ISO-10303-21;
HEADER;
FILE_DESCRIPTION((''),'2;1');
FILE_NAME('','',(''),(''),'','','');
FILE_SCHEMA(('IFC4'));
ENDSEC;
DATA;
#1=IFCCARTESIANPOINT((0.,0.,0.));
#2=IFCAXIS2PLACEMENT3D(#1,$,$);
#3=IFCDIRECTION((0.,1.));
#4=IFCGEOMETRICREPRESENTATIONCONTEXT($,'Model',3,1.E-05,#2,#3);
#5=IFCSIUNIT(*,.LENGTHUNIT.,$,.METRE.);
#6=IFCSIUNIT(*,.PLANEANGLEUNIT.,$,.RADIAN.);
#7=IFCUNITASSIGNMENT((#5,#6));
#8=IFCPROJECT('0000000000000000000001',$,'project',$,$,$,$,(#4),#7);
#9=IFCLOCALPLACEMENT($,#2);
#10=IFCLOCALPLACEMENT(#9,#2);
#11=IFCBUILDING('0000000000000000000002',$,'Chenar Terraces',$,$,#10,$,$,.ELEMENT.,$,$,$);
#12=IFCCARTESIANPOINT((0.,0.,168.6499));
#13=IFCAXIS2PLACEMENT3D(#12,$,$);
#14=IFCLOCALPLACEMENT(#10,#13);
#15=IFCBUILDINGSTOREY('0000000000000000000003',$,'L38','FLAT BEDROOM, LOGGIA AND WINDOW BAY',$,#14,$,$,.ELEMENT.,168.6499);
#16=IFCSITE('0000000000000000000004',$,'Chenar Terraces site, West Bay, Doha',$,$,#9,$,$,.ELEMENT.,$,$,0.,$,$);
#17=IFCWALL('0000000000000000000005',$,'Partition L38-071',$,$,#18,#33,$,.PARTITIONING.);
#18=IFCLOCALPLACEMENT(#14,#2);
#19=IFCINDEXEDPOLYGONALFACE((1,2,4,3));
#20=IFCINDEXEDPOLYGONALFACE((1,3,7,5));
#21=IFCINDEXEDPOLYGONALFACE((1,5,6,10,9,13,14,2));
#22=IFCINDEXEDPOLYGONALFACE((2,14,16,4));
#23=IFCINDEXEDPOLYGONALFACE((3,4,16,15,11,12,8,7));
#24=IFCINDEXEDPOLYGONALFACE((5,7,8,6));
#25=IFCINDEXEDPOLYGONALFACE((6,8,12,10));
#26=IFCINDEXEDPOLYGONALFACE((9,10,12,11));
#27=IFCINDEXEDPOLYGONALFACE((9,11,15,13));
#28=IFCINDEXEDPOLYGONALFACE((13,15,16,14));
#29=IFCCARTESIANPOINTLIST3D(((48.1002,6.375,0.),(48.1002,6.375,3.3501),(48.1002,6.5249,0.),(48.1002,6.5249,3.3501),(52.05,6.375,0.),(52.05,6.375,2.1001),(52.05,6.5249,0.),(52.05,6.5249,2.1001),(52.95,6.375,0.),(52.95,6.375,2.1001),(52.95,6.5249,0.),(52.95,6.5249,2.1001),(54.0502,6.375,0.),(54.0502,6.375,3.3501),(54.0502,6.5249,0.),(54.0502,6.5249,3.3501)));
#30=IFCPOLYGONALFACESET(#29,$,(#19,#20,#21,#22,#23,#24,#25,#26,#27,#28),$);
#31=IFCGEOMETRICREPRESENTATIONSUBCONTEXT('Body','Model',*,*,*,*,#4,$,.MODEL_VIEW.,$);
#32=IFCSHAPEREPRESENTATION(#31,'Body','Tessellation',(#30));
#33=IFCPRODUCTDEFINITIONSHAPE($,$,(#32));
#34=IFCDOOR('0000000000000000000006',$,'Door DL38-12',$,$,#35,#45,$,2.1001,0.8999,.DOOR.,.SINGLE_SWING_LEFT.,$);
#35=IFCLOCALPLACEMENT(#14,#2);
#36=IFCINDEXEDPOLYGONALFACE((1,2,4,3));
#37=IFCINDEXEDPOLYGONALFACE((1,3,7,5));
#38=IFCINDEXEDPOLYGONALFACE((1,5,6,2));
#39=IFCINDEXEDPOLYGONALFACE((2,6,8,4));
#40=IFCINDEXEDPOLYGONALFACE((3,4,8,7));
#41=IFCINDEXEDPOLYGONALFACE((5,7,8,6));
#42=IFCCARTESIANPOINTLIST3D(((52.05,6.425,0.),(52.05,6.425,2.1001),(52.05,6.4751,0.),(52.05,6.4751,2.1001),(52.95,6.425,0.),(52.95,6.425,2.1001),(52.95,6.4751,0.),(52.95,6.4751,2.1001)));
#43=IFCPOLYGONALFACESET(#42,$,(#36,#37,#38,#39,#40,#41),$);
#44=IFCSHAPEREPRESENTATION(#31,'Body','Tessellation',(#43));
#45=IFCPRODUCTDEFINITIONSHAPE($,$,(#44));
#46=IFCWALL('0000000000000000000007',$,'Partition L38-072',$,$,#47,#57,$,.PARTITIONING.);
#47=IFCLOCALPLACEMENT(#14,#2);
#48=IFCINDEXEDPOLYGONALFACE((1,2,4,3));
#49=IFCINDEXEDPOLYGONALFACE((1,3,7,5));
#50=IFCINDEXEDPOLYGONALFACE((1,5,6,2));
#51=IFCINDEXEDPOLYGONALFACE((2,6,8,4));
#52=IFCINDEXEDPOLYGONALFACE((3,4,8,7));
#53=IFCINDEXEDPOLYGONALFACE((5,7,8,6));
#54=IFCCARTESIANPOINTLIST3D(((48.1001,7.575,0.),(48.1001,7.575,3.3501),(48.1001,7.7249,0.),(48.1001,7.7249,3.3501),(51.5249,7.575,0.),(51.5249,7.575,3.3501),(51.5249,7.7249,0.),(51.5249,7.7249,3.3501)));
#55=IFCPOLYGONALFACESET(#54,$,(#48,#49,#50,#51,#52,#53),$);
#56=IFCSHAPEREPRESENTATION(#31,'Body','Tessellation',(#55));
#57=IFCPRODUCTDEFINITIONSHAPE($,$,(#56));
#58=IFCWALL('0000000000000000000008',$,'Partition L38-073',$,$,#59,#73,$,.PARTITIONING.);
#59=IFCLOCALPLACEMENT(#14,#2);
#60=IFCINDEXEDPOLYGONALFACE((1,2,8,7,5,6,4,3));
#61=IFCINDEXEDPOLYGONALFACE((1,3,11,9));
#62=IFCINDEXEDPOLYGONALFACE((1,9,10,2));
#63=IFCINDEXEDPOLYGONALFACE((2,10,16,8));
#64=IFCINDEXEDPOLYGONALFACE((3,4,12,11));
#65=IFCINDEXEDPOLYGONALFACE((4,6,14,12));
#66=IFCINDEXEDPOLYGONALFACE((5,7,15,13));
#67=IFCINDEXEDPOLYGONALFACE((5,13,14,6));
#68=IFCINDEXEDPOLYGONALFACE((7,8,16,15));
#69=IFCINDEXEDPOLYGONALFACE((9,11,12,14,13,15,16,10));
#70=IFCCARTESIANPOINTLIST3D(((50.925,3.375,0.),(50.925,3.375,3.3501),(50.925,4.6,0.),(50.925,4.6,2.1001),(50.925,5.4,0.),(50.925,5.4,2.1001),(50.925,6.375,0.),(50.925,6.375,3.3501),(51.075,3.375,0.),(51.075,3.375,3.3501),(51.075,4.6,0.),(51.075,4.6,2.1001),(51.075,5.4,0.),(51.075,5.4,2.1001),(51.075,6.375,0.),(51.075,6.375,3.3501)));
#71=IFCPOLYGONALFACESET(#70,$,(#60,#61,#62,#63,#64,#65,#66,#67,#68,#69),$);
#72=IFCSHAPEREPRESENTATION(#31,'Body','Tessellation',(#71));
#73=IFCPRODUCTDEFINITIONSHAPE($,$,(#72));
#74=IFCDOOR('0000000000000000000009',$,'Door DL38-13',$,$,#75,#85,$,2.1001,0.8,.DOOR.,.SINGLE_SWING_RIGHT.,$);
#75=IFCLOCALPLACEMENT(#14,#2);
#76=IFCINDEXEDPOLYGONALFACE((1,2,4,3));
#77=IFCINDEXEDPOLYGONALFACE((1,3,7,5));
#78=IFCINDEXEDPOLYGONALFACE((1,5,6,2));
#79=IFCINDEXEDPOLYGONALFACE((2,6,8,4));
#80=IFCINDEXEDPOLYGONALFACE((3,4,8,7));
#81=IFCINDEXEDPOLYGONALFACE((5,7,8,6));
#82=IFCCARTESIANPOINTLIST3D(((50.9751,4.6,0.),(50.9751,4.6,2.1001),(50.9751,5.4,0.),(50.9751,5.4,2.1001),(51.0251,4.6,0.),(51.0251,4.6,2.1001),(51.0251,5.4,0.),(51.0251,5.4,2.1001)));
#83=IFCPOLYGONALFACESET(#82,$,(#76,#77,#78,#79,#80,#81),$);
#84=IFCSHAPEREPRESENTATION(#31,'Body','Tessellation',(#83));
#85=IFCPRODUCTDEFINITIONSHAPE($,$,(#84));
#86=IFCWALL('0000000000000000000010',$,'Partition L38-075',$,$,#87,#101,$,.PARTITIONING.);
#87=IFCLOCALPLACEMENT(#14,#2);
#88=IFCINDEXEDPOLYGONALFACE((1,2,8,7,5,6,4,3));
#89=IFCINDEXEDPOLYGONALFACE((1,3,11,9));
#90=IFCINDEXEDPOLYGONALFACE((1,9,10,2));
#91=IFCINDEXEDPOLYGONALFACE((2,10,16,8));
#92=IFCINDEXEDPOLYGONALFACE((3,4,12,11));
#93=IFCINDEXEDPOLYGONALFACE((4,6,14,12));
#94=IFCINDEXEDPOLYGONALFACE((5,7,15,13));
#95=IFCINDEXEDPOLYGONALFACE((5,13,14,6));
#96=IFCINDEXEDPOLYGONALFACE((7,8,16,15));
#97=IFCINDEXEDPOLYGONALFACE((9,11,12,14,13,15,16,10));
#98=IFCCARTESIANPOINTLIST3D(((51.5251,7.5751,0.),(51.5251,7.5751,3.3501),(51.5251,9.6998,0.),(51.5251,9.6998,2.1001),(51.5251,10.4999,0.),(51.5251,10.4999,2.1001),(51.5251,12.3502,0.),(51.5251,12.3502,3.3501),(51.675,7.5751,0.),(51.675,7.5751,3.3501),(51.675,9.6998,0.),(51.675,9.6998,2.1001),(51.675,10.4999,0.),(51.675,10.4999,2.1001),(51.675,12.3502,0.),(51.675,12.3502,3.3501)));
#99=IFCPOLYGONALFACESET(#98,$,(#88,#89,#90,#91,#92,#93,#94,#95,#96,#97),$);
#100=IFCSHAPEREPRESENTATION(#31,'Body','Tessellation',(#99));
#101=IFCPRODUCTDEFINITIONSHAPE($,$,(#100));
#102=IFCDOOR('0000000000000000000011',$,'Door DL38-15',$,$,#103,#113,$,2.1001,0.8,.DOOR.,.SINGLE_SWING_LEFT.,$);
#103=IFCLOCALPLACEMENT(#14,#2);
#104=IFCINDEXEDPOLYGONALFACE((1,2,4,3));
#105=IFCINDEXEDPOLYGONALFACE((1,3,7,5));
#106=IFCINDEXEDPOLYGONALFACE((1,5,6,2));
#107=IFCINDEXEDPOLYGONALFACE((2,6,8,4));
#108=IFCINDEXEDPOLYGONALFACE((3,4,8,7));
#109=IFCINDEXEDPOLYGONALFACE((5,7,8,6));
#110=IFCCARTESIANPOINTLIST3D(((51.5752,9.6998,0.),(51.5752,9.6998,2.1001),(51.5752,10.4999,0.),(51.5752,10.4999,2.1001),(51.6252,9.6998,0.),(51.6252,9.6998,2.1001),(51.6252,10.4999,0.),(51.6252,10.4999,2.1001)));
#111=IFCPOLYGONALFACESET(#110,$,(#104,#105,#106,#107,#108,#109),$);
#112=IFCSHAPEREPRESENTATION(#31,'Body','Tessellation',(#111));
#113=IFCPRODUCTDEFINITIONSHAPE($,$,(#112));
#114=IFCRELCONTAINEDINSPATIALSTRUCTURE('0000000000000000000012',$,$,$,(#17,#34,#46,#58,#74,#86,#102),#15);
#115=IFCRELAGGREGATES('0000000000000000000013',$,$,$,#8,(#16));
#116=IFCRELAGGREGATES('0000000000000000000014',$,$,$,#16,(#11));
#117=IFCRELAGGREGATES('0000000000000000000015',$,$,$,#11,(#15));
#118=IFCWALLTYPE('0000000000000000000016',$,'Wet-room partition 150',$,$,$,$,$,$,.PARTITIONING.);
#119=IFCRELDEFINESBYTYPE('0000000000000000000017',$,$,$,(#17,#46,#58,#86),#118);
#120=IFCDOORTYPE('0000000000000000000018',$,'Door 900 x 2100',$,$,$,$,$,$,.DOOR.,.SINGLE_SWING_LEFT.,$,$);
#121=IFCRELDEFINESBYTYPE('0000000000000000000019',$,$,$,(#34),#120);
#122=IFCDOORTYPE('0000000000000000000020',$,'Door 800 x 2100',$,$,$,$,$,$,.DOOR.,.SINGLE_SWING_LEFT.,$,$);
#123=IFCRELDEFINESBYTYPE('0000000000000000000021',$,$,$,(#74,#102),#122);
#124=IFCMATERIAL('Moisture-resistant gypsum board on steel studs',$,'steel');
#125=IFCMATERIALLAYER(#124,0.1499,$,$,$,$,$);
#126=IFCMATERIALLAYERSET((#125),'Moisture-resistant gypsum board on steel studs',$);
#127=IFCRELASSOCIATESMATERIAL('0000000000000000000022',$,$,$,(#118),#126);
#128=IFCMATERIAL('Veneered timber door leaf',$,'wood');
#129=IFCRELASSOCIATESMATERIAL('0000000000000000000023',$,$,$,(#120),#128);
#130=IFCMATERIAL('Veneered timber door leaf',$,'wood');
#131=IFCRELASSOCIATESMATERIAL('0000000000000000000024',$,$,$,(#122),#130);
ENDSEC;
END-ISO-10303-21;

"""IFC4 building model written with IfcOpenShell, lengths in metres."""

from ifc_helpers import new_model, si_unit, direction, frame, frame_2d, origin, place, context, subcontext, project, spatial, rectangle, extrude, material, layer, layer_set, type_object, element, fill, save


model = new_model("IFC4")

# Units and contexts
model_context = context("Model", 3, precision=1e-05, world=origin(), true_north=direction((0.0, 1.0)))
body_context = subcontext(model_context, "Body", "Model", "MODEL_VIEW")
ifc_project = project(units=[si_unit("LENGTHUNIT", "METRE"), si_unit("PLANEANGLEUNIT", "RADIAN")], contexts=[model_context])

# Site, building, storey
site_placement = place(None, origin())
site = spatial("IfcSite", under=ifc_project, at=site_placement, Name="Chenar Terraces site, West Bay, Doha", CompositionType="ELEMENT", RefElevation=0.0)
building_placement = place(site_placement, origin())
building = spatial("IfcBuilding", under=site, at=building_placement, Name="Chenar Terraces", CompositionType="ELEMENT")
storey_placement = place(building_placement, frame((0.0, 0.0, 168.6499)))
storey = spatial("IfcBuildingStorey", under=building, at=storey_placement, Name="L38", Description="FLAT BEDROOM, LOGGIA AND WINDOW BAY", CompositionType="ELEMENT", Elevation=168.6499)

# Shared definitions
ifc_material_1 = material(Name="Moisture-resistant gypsum board on steel studs", Category="steel")
ifc_layer_1 = layer(ifc_material_1, 0.1499)
ifc_layer_set_1 = layer_set([ifc_layer_1], Name="Moisture-resistant gypsum board on steel studs")
wall_type_1 = type_object("IfcWallType", Name="Wet-room partition 150", PredefinedType="PARTITIONING", material=ifc_layer_set_1)

# Wall, opening, door
wall_1_placement = place(storey_placement, frame((48.1001, 6.45, 0.0), z_axis=(0.0, 0.0, 1.0), x_axis=(1.0, 0.0, 0.0)))
wall_1 = element("IfcWall", 1, at=wall_1_placement, inside=storey, type_object=wall_type_1, Name="Partition L38-071", PredefinedType="PARTITIONING", context=body_context, shape_type="SweptSolid", body=[
    extrude(rectangle(XDim=5.95, YDim=0.1499, at=frame_2d((2.9751, 0.0))), origin(), (0.0, 0.0, 1.0), 3.3501),
])
opening_1_placement = place(wall_1_placement, frame((3.95, 0.0, 0.0)))
opening_1 = element("IfcOpeningElement", 2, at=opening_1_placement, cuts=wall_1, PredefinedType="OPENING", context=body_context, shape_type="SweptSolid", body=[
    extrude(rectangle(XDim=0.8999, YDim=2.1001, at=frame_2d((0.45, 1.05))), frame((0.0, 0.085, 0.0), z_axis=(0.0, -1.0, 0.0), x_axis=(1.0, 0.0, 0.0)), (0.0, 0.0, 1.0), 0.1699),
])
ifc_material_2 = material(Name="Veneered timber door leaf", Category="wood")
door_type_1 = type_object("IfcDoorType", Name="Door 900 x 2100", OperationType="SINGLE_SWING_LEFT", PredefinedType="DOOR", material=ifc_material_2)
door_1_placement = place(opening_1_placement, frame((0.8999, 0.0, 0.0), z_axis=(0.0, 0.0, 1.0), x_axis=(-1.0, 0.0, 0.0)))
door_1 = element("IfcDoor", 3, at=door_1_placement, inside=storey, type_object=door_type_1, Name="Door DL38-12", OperationType="SINGLE_SWING_LEFT", OverallHeight=2.1001, OverallWidth=0.8999, PredefinedType="DOOR", context=body_context, shape_type="SweptSolid", body=[
    extrude(rectangle(XDim=0.8999, YDim=2.1001, at=frame_2d((0.45, 1.05))), frame((0.0, 0.0249, 0.0), z_axis=(0.0, -1.0, 0.0), x_axis=(1.0, 0.0, 0.0)), (0.0, 0.0, 1.0), 0.05),
])
fill(opening_1, door_1)

# Wall
wall_2_placement = place(storey_placement, frame((48.1001, 7.6499, 0.0), z_axis=(0.0, 0.0, 1.0), x_axis=(1.0, 0.0, 0.0)))
element("IfcWall", 4, at=wall_2_placement, inside=storey, type_object=wall_type_1, Name="Partition L38-072", PredefinedType="PARTITIONING", context=body_context, shape_type="SweptSolid", body=[
    extrude(rectangle(XDim=3.4248, YDim=0.1499, at=frame_2d((1.7124, 0.0))), origin(), (0.0, 0.0, 1.0), 3.3501),
])

# Walls, openings, doors
wall_3_placement = place(storey_placement, frame((51.0, 3.375, 0.0), z_axis=(0.0, 0.0, 1.0), x_axis=(0.0, 1.0, 0.0)))
wall_3 = element("IfcWall", 5, at=wall_3_placement, inside=storey, type_object=wall_type_1, Name="Partition L38-073", PredefinedType="PARTITIONING", context=body_context, shape_type="SweptSolid", body=[
    extrude(rectangle(XDim=3.0, YDim=0.1499, at=frame_2d((1.5, 0.0))), origin(), (0.0, 0.0, 1.0), 3.3501),
])
opening_2_placement = place(wall_3_placement, frame((1.2251, 0.0, 0.0)))
opening_2 = element("IfcOpeningElement", 6, at=opening_2_placement, cuts=wall_3, PredefinedType="OPENING", context=body_context, shape_type="SweptSolid", body=[
    extrude(rectangle(XDim=0.8, YDim=2.1001, at=frame_2d((0.3999, 1.05))), frame((0.0, 0.085, 0.0), z_axis=(0.0, -1.0, 0.0), x_axis=(1.0, 0.0, 0.0)), (0.0, 0.0, 1.0), 0.1699),
])
ifc_material_3 = material(Name="Veneered timber door leaf", Category="wood")
door_type_2 = type_object("IfcDoorType", Name="Door 800 x 2100", OperationType="SINGLE_SWING_LEFT", PredefinedType="DOOR", material=ifc_material_3)
door_2_placement = place(opening_2_placement, origin())
door_2 = element("IfcDoor", 7, at=door_2_placement, inside=storey, type_object=door_type_2, Name="Door DL38-13", OperationType="SINGLE_SWING_RIGHT", OverallHeight=2.1001, OverallWidth=0.8, PredefinedType="DOOR", context=body_context, shape_type="SweptSolid", body=[
    extrude(rectangle(XDim=0.8, YDim=2.1001, at=frame_2d((0.3999, 1.05))), frame((0.0, 0.0249, 0.0), z_axis=(0.0, -1.0, 0.0), x_axis=(1.0, 0.0, 0.0)), (0.0, 0.0, 1.0), 0.05),
])
fill(opening_2, door_2)
wall_4_placement = place(storey_placement, frame((51.6001, 7.575, 0.0), z_axis=(0.0, 0.0, 1.0), x_axis=(0.0, 1.0, 0.0)))
wall_4 = element("IfcWall", 8, at=wall_4_placement, inside=storey, type_object=wall_type_1, Name="Partition L38-075", PredefinedType="PARTITIONING", context=body_context, shape_type="SweptSolid", body=[
    extrude(rectangle(XDim=4.7751, YDim=0.1499, at=frame_2d((2.3877, 0.0))), origin(), (0.0, 0.0, 1.0), 3.3501),
])
opening_3_placement = place(wall_4_placement, frame((2.125, 0.0, 0.0)))
opening_3 = element("IfcOpeningElement", 9, at=opening_3_placement, cuts=wall_4, PredefinedType="OPENING", context=body_context, shape_type="SweptSolid", body=[
    extrude(rectangle(XDim=0.8, YDim=2.1001, at=frame_2d((0.3999, 1.05))), frame((0.0, 0.085, 0.0), z_axis=(0.0, -1.0, 0.0), x_axis=(1.0, 0.0, 0.0)), (0.0, 0.0, 1.0), 0.1699),
])
door_3_placement = place(opening_3_placement, origin())
door_3 = element("IfcDoor", 10, at=door_3_placement, inside=storey, type_object=door_type_2, Name="Door DL38-15", OperationType="SINGLE_SWING_LEFT", OverallHeight=2.1001, OverallWidth=0.8, PredefinedType="DOOR", context=body_context, shape_type="SweptSolid", body=[
    extrude(rectangle(XDim=0.8, YDim=2.1001, at=frame_2d((0.3999, 1.05))), frame((0.0, 0.0249, 0.0), z_axis=(0.0, -1.0, 0.0), x_axis=(1.0, 0.0, 0.0)), (0.0, 0.0, 1.0), 0.05),
])
fill(opening_3, door_3)

save(model, "model.ifc")
